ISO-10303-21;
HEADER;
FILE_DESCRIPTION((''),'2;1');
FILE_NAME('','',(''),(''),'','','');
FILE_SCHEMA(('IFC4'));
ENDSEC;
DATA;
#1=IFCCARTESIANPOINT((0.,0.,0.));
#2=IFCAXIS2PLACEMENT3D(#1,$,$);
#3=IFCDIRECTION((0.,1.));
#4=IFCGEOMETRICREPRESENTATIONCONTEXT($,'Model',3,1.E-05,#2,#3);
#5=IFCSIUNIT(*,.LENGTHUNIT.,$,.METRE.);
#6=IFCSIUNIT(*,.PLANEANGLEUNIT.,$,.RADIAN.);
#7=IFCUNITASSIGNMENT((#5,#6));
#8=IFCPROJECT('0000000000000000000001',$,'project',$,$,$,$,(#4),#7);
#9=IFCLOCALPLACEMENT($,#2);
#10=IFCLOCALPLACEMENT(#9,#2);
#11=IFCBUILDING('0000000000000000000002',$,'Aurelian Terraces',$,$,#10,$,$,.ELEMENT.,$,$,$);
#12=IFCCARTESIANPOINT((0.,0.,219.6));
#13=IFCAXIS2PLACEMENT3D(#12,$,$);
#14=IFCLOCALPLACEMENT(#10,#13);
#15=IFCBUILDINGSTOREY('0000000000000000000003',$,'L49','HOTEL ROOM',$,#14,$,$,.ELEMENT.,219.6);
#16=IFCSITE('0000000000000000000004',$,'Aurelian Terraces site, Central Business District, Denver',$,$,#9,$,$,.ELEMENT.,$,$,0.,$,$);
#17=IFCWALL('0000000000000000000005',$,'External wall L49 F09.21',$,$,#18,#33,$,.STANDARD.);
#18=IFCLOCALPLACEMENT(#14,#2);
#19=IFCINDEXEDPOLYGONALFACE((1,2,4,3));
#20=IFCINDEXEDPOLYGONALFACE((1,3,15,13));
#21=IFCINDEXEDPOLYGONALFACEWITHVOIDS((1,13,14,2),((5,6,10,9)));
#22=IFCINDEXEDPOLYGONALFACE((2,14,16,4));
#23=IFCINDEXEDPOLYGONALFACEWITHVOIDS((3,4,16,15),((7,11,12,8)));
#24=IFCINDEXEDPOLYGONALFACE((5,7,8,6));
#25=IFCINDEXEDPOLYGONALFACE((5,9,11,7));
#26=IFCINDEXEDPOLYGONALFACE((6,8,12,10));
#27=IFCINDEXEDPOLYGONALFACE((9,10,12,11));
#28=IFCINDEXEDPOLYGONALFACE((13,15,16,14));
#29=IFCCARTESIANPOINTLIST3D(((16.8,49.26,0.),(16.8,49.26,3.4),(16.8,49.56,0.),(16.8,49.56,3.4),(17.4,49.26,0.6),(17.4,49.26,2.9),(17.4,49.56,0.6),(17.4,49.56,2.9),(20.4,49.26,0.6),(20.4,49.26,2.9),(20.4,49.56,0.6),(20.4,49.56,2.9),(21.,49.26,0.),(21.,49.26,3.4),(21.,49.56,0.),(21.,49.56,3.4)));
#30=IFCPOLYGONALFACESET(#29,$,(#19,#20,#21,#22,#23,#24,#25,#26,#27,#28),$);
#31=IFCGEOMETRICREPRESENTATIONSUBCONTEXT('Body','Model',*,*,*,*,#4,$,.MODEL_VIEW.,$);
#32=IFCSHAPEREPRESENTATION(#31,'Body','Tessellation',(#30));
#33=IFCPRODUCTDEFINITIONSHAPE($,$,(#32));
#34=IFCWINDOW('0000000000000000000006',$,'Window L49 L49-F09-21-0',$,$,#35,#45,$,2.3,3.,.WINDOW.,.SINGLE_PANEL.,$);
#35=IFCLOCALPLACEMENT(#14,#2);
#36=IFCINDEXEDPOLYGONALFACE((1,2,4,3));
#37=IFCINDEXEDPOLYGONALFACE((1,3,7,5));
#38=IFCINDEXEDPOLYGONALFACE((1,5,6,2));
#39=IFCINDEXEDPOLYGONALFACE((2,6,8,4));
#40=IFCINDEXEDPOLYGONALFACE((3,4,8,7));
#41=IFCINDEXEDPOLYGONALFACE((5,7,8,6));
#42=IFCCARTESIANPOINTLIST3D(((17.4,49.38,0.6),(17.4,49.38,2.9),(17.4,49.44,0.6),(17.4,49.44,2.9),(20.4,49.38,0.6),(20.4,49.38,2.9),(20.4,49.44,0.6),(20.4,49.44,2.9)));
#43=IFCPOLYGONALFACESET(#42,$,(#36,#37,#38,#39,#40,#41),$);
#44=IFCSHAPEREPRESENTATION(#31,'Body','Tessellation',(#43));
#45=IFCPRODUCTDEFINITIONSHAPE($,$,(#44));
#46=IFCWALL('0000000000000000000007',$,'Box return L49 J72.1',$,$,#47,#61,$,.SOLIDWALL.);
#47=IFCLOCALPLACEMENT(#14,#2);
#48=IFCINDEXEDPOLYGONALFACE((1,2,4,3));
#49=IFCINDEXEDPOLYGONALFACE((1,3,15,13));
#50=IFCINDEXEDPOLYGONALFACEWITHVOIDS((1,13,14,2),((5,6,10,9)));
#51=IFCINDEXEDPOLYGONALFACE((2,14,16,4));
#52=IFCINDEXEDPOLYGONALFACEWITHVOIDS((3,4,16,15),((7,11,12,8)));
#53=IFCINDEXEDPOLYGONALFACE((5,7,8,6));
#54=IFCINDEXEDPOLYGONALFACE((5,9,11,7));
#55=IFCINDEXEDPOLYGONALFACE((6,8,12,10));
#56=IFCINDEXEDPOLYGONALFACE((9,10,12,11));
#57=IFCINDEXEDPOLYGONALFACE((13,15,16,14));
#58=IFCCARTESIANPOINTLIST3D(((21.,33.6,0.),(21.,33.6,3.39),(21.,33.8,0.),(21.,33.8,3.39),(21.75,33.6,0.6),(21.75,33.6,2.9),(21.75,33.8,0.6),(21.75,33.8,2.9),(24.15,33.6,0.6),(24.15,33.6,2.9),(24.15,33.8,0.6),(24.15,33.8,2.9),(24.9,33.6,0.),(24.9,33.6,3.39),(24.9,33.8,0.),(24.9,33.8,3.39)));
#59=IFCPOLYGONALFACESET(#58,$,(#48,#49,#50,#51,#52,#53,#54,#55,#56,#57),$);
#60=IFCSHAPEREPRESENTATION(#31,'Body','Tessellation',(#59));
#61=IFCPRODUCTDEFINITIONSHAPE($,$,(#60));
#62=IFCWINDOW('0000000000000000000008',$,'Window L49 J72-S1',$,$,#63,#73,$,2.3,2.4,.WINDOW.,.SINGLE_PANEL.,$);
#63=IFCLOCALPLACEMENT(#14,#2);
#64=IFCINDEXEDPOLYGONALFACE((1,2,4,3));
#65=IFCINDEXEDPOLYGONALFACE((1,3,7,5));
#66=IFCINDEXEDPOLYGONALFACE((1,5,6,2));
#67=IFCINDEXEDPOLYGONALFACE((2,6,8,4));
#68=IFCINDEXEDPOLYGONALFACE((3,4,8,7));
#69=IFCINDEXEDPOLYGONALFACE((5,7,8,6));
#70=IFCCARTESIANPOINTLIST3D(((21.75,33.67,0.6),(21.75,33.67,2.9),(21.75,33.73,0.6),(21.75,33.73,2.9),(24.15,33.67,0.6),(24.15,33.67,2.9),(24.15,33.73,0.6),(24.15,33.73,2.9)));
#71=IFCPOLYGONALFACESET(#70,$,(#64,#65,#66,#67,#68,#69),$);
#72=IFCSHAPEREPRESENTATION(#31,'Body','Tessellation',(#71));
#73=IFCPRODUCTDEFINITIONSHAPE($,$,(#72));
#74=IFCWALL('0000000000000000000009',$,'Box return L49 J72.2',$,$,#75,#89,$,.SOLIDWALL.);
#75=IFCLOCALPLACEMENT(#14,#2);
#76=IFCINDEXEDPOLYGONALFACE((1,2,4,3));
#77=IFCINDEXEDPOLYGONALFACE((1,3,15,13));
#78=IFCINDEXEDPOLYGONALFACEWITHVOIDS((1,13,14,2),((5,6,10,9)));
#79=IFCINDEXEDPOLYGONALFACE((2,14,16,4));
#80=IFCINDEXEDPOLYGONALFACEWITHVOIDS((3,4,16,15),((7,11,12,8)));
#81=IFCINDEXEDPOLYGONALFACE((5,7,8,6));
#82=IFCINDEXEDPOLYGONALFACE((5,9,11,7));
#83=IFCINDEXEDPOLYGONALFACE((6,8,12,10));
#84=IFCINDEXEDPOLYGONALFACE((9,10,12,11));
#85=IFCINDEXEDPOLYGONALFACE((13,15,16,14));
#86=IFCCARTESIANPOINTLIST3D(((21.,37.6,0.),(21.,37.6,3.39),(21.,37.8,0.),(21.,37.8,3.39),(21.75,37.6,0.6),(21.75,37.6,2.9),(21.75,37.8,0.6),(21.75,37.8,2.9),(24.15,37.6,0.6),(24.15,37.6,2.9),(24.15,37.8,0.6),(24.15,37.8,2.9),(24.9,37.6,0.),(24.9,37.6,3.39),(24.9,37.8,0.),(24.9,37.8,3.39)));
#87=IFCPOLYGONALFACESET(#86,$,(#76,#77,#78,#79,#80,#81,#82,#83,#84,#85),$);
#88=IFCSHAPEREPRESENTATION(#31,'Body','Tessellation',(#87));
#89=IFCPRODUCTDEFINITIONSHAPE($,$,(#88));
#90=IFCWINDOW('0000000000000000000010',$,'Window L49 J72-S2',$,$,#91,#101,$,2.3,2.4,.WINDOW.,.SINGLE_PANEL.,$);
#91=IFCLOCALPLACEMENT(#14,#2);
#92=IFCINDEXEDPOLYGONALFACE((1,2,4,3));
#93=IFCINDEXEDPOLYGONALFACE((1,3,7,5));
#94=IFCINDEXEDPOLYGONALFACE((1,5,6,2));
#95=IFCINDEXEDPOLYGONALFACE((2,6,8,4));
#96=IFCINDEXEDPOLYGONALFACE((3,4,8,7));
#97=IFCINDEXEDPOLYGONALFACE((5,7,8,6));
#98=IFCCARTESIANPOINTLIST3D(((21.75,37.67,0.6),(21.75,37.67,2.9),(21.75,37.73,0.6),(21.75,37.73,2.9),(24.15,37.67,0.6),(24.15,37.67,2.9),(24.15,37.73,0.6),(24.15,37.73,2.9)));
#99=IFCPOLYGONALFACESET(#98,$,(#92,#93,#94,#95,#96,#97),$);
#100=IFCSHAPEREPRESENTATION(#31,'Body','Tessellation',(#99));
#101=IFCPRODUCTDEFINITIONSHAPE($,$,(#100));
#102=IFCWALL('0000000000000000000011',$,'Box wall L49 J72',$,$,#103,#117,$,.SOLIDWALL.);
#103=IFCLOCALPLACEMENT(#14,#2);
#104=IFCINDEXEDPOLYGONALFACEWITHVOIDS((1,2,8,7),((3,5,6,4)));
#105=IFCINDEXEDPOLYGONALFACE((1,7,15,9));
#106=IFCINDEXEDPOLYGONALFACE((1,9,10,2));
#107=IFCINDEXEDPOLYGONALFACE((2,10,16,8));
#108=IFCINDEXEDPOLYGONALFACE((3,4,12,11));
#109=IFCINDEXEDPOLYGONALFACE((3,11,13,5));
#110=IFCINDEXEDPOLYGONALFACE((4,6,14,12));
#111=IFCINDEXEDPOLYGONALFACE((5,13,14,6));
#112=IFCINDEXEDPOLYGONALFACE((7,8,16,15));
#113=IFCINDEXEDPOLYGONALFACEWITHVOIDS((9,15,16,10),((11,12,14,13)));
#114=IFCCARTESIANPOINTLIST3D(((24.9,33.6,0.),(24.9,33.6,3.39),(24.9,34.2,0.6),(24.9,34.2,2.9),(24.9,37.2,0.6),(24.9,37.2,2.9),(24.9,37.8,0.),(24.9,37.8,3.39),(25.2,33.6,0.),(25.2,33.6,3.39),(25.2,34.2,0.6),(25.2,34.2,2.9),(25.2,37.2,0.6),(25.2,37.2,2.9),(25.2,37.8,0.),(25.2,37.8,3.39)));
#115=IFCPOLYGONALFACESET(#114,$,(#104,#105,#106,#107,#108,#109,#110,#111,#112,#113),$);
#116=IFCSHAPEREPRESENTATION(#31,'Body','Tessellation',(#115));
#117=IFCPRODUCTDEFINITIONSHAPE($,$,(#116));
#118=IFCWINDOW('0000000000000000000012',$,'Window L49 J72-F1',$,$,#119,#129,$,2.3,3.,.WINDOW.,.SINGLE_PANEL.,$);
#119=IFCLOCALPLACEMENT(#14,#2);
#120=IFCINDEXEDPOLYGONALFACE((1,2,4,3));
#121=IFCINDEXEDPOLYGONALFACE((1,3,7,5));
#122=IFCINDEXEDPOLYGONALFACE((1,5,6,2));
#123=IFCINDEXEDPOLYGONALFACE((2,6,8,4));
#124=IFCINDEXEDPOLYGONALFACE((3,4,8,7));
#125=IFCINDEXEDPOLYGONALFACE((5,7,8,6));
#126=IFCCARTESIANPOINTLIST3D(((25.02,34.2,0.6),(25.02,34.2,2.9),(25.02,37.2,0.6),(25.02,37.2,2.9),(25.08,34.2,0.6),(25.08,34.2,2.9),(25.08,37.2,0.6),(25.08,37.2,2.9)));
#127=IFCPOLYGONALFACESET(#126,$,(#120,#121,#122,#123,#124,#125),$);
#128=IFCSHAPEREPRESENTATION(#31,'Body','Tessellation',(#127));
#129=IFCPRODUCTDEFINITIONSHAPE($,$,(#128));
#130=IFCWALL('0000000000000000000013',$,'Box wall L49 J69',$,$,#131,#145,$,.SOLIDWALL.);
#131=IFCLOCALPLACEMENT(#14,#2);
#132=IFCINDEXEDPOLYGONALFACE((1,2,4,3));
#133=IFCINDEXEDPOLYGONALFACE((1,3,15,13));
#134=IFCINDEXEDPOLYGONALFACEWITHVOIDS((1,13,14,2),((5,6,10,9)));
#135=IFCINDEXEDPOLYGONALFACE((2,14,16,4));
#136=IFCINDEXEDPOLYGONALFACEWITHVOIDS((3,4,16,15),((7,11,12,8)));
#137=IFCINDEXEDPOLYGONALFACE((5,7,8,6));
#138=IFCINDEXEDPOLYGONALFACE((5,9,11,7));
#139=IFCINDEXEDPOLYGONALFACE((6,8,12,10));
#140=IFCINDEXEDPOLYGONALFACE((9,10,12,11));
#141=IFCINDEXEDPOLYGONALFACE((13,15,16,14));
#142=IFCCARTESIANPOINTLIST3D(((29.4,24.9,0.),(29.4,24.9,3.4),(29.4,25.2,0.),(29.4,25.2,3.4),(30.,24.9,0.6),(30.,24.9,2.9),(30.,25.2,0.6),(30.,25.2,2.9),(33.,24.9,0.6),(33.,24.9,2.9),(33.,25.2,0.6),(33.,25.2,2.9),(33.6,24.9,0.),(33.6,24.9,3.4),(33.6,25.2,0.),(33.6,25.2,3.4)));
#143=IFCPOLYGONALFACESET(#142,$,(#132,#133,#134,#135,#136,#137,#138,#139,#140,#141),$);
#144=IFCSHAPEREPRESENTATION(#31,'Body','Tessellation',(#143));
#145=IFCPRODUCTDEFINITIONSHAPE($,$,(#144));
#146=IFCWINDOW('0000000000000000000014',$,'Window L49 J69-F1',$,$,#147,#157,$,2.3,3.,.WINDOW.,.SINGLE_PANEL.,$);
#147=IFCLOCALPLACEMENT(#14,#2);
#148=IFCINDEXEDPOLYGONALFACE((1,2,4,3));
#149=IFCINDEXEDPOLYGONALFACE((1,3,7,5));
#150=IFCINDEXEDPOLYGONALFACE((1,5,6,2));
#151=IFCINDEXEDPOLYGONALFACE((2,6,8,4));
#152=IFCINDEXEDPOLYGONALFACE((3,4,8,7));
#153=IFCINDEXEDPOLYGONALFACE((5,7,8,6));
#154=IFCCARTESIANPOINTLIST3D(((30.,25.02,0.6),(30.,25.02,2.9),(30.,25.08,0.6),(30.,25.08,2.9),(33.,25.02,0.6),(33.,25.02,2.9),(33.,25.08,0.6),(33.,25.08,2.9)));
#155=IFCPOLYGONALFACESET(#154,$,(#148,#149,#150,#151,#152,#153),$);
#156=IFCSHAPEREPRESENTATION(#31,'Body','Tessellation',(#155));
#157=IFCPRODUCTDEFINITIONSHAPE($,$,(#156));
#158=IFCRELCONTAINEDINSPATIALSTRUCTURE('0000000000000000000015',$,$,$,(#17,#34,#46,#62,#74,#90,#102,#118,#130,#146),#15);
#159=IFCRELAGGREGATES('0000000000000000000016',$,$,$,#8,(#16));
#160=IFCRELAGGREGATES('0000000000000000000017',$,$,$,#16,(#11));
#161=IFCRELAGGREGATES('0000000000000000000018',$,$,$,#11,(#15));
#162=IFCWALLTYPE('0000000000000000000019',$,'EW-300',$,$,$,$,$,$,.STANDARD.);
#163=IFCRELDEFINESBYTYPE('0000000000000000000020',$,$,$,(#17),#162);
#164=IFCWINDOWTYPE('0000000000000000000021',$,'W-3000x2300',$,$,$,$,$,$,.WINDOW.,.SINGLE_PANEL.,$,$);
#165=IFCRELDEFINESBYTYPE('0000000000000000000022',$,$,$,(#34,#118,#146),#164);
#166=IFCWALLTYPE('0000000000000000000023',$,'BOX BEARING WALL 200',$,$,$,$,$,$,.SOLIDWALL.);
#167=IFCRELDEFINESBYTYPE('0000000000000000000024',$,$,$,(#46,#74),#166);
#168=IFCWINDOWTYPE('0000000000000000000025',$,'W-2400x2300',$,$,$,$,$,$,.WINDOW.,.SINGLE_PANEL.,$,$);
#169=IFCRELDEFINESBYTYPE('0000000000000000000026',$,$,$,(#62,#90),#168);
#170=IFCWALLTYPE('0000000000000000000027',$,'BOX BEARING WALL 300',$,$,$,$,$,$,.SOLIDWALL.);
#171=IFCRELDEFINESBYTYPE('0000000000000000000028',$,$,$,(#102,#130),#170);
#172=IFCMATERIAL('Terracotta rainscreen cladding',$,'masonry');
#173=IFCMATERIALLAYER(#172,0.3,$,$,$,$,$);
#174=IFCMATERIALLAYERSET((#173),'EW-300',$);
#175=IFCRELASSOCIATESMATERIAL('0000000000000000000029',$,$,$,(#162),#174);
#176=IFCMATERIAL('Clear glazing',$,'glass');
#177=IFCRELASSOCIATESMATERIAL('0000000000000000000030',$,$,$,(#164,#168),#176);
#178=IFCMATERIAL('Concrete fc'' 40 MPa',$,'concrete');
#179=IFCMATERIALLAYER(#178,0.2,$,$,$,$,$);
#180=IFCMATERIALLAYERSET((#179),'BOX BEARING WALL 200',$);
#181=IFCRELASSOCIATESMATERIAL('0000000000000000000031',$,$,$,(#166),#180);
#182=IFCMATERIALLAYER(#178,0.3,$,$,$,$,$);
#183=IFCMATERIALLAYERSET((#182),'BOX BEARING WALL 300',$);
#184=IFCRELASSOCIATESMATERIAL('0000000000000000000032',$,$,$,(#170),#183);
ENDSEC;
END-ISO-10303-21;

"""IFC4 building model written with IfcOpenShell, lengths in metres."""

from ifc_helpers import new_model, si_unit, direction, frame, frame_2d, origin, place, context, subcontext, project, spatial, rectangle, extrude, source, transform, mapped, material, layer, layer_set, type_object, element, fill, save


model = new_model("IFC4")

# Units and contexts
model_context = context("Model", 3, precision=1e-05, world=origin(), true_north=direction((0.0, 1.0)))
body_context = subcontext(model_context, "Body", "Model", "MODEL_VIEW")
ifc_project = project(units=[si_unit("LENGTHUNIT", "METRE"), si_unit("PLANEANGLEUNIT", "RADIAN")], contexts=[model_context])

# Site, building, storey
site_placement = place(None, origin())
site = spatial("IfcSite", under=ifc_project, at=site_placement, Name="Aurelian Terraces site, Central Business District, Denver", CompositionType="ELEMENT", RefElevation=0.0)
building_placement = place(site_placement, origin())
building = spatial("IfcBuilding", under=site, at=building_placement, Name="Aurelian Terraces", CompositionType="ELEMENT")
storey_placement = place(building_placement, frame((0.0, 0.0, 219.6)))
storey = spatial("IfcBuildingStorey", under=building, at=storey_placement, Name="L49", Description="HOTEL ROOM", CompositionType="ELEMENT", Elevation=219.6)

# Shared definitions
ifc_material_1 = material(Name="Terracotta rainscreen cladding", Category="masonry")
ifc_layer_1 = layer(ifc_material_1, 0.3)
ifc_layer_set_1 = layer_set([ifc_layer_1], Name="EW-300")
wall_type_1 = type_object("IfcWallType", Name="EW-300", PredefinedType="STANDARD", material=ifc_layer_set_1)
ifc_material_2 = material(Name="Clear glazing", Category="glass")

# Shared definitions
shared_shape_1 = source(origin(), body_context, "Body", "SweptSolid", [
    extrude(rectangle(XDim=3.0, YDim=2.3, at=frame_2d((1.5, 1.15))), frame((0.0, 0.16, 0.0), z_axis=(0.0, -1.0, 0.0), x_axis=(1.0, 0.0, 0.0)), (0.0, 0.0, 1.0), 0.32),
])
window_type_1 = type_object("IfcWindowType", Name="W-3000x2300", PartitioningType="SINGLE_PANEL", PredefinedType="WINDOW", material=ifc_material_2)
shared_shape_2 = source(origin(), body_context, "Body", "SweptSolid", [
    extrude(rectangle(XDim=3.0, YDim=2.3, at=frame_2d((1.5, 1.15))), frame((0.0, 0.03, 0.0), z_axis=(0.0, -1.0, 0.0), x_axis=(1.0, 0.0, 0.0)), (0.0, 0.0, 1.0), 0.06),
])

# Walls, openings, windows
shared_shape_3 = source(origin(), body_context, "Body", "SweptSolid", [
    extrude(rectangle(XDim=4.2, YDim=0.3, at=frame_2d((2.1, 0.0))), origin(), (0.0, 0.0, 1.0), 3.4),
])
wall_1_placement = place(storey_placement, frame((21.0, 49.41, 0.0), z_axis=(0.0, 0.0, 1.0), x_axis=(-1.0, 0.0, 0.0)))
wall_1 = element("IfcWall", 1, at=wall_1_placement, inside=storey, type_object=wall_type_1, Name="External wall L49 F09.21", PredefinedType="STANDARD", context=body_context, shape_type="MappedRepresentation", body=[
    mapped(shared_shape_3, transform((0.0, 0.0, 0.0), scale=1.0)),
])
opening_1_placement = place(wall_1_placement, frame((0.6, 0.0, 0.6)))
opening_1 = element("IfcOpeningElement", 2, at=opening_1_placement, cuts=wall_1, PredefinedType="OPENING", context=body_context, shape_type="MappedRepresentation", body=[
    mapped(shared_shape_1, transform((0.0, 0.0, 0.0), scale=1.0)),
])
window_1_placement = place(opening_1_placement, origin())
window_1 = element("IfcWindow", 3, at=window_1_placement, inside=storey, type_object=window_type_1, Name="Window L49 L49-F09-21-0", OverallHeight=2.3, OverallWidth=3.0, PartitioningType="SINGLE_PANEL", PredefinedType="WINDOW", context=body_context, shape_type="MappedRepresentation", body=[
    mapped(shared_shape_2, transform((0.0, 0.0, 0.0), scale=1.0)),
])
fill(opening_1, window_1)
ifc_material_3 = material(Name="Concrete fc' 40 MPa", Category="concrete")
ifc_layer_2 = layer(ifc_material_3, 0.2)
ifc_layer_set_2 = layer_set([ifc_layer_2], Name="BOX BEARING WALL 200")
wall_type_2 = type_object("IfcWallType", Name="BOX BEARING WALL 200", PredefinedType="SOLIDWALL", material=ifc_layer_set_2)
shared_shape_4 = source(origin(), body_context, "Body", "SweptSolid", [
    extrude(rectangle(XDim=3.9, YDim=0.2, at=frame_2d((1.95, 0.0))), origin(), (0.0, 0.0, 1.0), 3.39),
])
wall_2_placement = place(storey_placement, frame((21.0, 33.7, 0.0), z_axis=(0.0, 0.0, 1.0), x_axis=(1.0, 0.0, 0.0)))
wall_2 = element("IfcWall", 4, at=wall_2_placement, inside=storey, type_object=wall_type_2, Name="Box return L49 J72.1", PredefinedType="SOLIDWALL", context=body_context, shape_type="MappedRepresentation", body=[
    mapped(shared_shape_4, transform((0.0, 0.0, 0.0), scale=1.0)),
])
shared_shape_5 = source(origin(), body_context, "Body", "SweptSolid", [
    extrude(rectangle(XDim=2.4, YDim=2.3, at=frame_2d((1.2, 1.15))), frame((0.0, 0.11, 0.0), z_axis=(0.0, -1.0, 0.0), x_axis=(1.0, 0.0, 0.0)), (0.0, 0.0, 1.0), 0.22),
])
opening_2_placement = place(wall_2_placement, frame((0.75, 0.0, 0.6)))
opening_2 = element("IfcOpeningElement", 5, at=opening_2_placement, cuts=wall_2, PredefinedType="OPENING", context=body_context, shape_type="MappedRepresentation", body=[
    mapped(shared_shape_5, transform((0.0, 0.0, 0.0), scale=1.0)),
])
window_type_2 = type_object("IfcWindowType", Name="W-2400x2300", PartitioningType="SINGLE_PANEL", PredefinedType="WINDOW", material=ifc_material_2)
shared_shape_6 = source(origin(), body_context, "Body", "SweptSolid", [
    extrude(rectangle(XDim=2.4, YDim=2.3, at=frame_2d((1.2, 1.15))), frame((0.0, 0.03, 0.0), z_axis=(0.0, -1.0, 0.0), x_axis=(1.0, 0.0, 0.0)), (0.0, 0.0, 1.0), 0.06),
])
window_2_placement = place(opening_2_placement, origin())
window_2 = element("IfcWindow", 6, at=window_2_placement, inside=storey, type_object=window_type_2, Name="Window L49 J72-S1", OverallHeight=2.3, OverallWidth=2.4, PartitioningType="SINGLE_PANEL", PredefinedType="WINDOW", context=body_context, shape_type="MappedRepresentation", body=[
    mapped(shared_shape_6, transform((0.0, 0.0, 0.0), scale=1.0)),
])
fill(opening_2, window_2)
wall_3_placement = place(storey_placement, frame((21.0, 37.7, 0.0), z_axis=(0.0, 0.0, 1.0), x_axis=(1.0, 0.0, 0.0)))
wall_3 = element("IfcWall", 7, at=wall_3_placement, inside=storey, type_object=wall_type_2, Name="Box return L49 J72.2", PredefinedType="SOLIDWALL", context=body_context, shape_type="MappedRepresentation", body=[
    mapped(shared_shape_4, transform((0.0, 0.0, 0.0), scale=1.0)),
])
opening_3_placement = place(wall_3_placement, frame((0.75, 0.0, 0.6)))
opening_3 = element("IfcOpeningElement", 8, at=opening_3_placement, cuts=wall_3, PredefinedType="OPENING", context=body_context, shape_type="MappedRepresentation", body=[
    mapped(shared_shape_5, transform((0.0, 0.0, 0.0), scale=1.0)),
])
window_3_placement = place(opening_3_placement, origin())
window_3 = element("IfcWindow", 9, at=window_3_placement, inside=storey, type_object=window_type_2, Name="Window L49 J72-S2", OverallHeight=2.3, OverallWidth=2.4, PartitioningType="SINGLE_PANEL", PredefinedType="WINDOW", context=body_context, shape_type="MappedRepresentation", body=[
    mapped(shared_shape_6, transform((0.0, 0.0, 0.0), scale=1.0)),
])
fill(opening_3, window_3)
ifc_layer_3 = layer(ifc_material_3, 0.3)
ifc_layer_set_3 = layer_set([ifc_layer_3], Name="BOX BEARING WALL 300")
wall_type_3 = type_object("IfcWallType", Name="BOX BEARING WALL 300", PredefinedType="SOLIDWALL", material=ifc_layer_set_3)
shared_shape_7 = source(origin(), body_context, "Body", "SweptSolid", [
    extrude(rectangle(XDim=4.2, YDim=0.3, at=frame_2d((2.1, 0.0))), origin(), (0.0, 0.0, 1.0), 3.39),
])
wall_4_placement = place(storey_placement, frame((25.05, 33.6, 0.0), z_axis=(0.0, 0.0, 1.0), x_axis=(0.0, 1.0, 0.0)))
wall_4 = element("IfcWall", 10, at=wall_4_placement, inside=storey, type_object=wall_type_3, Name="Box wall L49 J72", PredefinedType="SOLIDWALL", context=body_context, shape_type="MappedRepresentation", body=[
    mapped(shared_shape_7, transform((0.0, 0.0, 0.0), scale=1.0)),
])
opening_4_placement = place(wall_4_placement, frame((0.6, 0.0, 0.6)))
opening_4 = element("IfcOpeningElement", 11, at=opening_4_placement, cuts=wall_4, PredefinedType="OPENING", context=body_context, shape_type="MappedRepresentation", body=[
    mapped(shared_shape_1, transform((0.0, 0.0, 0.0), scale=1.0)),
])
window_4_placement = place(opening_4_placement, origin())
window_4 = element("IfcWindow", 12, at=window_4_placement, inside=storey, type_object=window_type_1, Name="Window L49 J72-F1", OverallHeight=2.3, OverallWidth=3.0, PartitioningType="SINGLE_PANEL", PredefinedType="WINDOW", context=body_context, shape_type="MappedRepresentation", body=[
    mapped(shared_shape_2, transform((0.0, 0.0, 0.0), scale=1.0)),
])
fill(opening_4, window_4)
shared_shape_8 = source(origin(), body_context, "Body", "SweptSolid", [
    extrude(rectangle(XDim=4.2, YDim=0.3, at=frame_2d((2.1, 0.0))), origin(), (0.0, 0.0, 1.0), 3.4),
])
wall_5_placement = place(storey_placement, frame((33.6, 25.05, 0.0), z_axis=(0.0, 0.0, 1.0), x_axis=(-1.0, 0.0, 0.0)))
wall_5 = element("IfcWall", 13, at=wall_5_placement, inside=storey, type_object=wall_type_3, Name="Box wall L49 J69", PredefinedType="SOLIDWALL", context=body_context, shape_type="MappedRepresentation", body=[
    mapped(shared_shape_8, transform((0.0, 0.0, 0.0), scale=1.0)),
])
opening_5_placement = place(wall_5_placement, frame((0.6, 0.0, 0.6)))
opening_5 = element("IfcOpeningElement", 14, at=opening_5_placement, cuts=wall_5, PredefinedType="OPENING", context=body_context, shape_type="MappedRepresentation", body=[
    mapped(shared_shape_1, transform((0.0, 0.0, 0.0), scale=1.0)),
])
window_5_placement = place(opening_5_placement, origin())
window_5 = element("IfcWindow", 15, at=window_5_placement, inside=storey, type_object=window_type_1, Name="Window L49 J69-F1", OverallHeight=2.3, OverallWidth=3.0, PartitioningType="SINGLE_PANEL", PredefinedType="WINDOW", context=body_context, shape_type="MappedRepresentation", body=[
    mapped(shared_shape_2, transform((0.0, 0.0, 0.0), scale=1.0)),
])
fill(opening_5, window_5)

save(model, "model.ifc")
